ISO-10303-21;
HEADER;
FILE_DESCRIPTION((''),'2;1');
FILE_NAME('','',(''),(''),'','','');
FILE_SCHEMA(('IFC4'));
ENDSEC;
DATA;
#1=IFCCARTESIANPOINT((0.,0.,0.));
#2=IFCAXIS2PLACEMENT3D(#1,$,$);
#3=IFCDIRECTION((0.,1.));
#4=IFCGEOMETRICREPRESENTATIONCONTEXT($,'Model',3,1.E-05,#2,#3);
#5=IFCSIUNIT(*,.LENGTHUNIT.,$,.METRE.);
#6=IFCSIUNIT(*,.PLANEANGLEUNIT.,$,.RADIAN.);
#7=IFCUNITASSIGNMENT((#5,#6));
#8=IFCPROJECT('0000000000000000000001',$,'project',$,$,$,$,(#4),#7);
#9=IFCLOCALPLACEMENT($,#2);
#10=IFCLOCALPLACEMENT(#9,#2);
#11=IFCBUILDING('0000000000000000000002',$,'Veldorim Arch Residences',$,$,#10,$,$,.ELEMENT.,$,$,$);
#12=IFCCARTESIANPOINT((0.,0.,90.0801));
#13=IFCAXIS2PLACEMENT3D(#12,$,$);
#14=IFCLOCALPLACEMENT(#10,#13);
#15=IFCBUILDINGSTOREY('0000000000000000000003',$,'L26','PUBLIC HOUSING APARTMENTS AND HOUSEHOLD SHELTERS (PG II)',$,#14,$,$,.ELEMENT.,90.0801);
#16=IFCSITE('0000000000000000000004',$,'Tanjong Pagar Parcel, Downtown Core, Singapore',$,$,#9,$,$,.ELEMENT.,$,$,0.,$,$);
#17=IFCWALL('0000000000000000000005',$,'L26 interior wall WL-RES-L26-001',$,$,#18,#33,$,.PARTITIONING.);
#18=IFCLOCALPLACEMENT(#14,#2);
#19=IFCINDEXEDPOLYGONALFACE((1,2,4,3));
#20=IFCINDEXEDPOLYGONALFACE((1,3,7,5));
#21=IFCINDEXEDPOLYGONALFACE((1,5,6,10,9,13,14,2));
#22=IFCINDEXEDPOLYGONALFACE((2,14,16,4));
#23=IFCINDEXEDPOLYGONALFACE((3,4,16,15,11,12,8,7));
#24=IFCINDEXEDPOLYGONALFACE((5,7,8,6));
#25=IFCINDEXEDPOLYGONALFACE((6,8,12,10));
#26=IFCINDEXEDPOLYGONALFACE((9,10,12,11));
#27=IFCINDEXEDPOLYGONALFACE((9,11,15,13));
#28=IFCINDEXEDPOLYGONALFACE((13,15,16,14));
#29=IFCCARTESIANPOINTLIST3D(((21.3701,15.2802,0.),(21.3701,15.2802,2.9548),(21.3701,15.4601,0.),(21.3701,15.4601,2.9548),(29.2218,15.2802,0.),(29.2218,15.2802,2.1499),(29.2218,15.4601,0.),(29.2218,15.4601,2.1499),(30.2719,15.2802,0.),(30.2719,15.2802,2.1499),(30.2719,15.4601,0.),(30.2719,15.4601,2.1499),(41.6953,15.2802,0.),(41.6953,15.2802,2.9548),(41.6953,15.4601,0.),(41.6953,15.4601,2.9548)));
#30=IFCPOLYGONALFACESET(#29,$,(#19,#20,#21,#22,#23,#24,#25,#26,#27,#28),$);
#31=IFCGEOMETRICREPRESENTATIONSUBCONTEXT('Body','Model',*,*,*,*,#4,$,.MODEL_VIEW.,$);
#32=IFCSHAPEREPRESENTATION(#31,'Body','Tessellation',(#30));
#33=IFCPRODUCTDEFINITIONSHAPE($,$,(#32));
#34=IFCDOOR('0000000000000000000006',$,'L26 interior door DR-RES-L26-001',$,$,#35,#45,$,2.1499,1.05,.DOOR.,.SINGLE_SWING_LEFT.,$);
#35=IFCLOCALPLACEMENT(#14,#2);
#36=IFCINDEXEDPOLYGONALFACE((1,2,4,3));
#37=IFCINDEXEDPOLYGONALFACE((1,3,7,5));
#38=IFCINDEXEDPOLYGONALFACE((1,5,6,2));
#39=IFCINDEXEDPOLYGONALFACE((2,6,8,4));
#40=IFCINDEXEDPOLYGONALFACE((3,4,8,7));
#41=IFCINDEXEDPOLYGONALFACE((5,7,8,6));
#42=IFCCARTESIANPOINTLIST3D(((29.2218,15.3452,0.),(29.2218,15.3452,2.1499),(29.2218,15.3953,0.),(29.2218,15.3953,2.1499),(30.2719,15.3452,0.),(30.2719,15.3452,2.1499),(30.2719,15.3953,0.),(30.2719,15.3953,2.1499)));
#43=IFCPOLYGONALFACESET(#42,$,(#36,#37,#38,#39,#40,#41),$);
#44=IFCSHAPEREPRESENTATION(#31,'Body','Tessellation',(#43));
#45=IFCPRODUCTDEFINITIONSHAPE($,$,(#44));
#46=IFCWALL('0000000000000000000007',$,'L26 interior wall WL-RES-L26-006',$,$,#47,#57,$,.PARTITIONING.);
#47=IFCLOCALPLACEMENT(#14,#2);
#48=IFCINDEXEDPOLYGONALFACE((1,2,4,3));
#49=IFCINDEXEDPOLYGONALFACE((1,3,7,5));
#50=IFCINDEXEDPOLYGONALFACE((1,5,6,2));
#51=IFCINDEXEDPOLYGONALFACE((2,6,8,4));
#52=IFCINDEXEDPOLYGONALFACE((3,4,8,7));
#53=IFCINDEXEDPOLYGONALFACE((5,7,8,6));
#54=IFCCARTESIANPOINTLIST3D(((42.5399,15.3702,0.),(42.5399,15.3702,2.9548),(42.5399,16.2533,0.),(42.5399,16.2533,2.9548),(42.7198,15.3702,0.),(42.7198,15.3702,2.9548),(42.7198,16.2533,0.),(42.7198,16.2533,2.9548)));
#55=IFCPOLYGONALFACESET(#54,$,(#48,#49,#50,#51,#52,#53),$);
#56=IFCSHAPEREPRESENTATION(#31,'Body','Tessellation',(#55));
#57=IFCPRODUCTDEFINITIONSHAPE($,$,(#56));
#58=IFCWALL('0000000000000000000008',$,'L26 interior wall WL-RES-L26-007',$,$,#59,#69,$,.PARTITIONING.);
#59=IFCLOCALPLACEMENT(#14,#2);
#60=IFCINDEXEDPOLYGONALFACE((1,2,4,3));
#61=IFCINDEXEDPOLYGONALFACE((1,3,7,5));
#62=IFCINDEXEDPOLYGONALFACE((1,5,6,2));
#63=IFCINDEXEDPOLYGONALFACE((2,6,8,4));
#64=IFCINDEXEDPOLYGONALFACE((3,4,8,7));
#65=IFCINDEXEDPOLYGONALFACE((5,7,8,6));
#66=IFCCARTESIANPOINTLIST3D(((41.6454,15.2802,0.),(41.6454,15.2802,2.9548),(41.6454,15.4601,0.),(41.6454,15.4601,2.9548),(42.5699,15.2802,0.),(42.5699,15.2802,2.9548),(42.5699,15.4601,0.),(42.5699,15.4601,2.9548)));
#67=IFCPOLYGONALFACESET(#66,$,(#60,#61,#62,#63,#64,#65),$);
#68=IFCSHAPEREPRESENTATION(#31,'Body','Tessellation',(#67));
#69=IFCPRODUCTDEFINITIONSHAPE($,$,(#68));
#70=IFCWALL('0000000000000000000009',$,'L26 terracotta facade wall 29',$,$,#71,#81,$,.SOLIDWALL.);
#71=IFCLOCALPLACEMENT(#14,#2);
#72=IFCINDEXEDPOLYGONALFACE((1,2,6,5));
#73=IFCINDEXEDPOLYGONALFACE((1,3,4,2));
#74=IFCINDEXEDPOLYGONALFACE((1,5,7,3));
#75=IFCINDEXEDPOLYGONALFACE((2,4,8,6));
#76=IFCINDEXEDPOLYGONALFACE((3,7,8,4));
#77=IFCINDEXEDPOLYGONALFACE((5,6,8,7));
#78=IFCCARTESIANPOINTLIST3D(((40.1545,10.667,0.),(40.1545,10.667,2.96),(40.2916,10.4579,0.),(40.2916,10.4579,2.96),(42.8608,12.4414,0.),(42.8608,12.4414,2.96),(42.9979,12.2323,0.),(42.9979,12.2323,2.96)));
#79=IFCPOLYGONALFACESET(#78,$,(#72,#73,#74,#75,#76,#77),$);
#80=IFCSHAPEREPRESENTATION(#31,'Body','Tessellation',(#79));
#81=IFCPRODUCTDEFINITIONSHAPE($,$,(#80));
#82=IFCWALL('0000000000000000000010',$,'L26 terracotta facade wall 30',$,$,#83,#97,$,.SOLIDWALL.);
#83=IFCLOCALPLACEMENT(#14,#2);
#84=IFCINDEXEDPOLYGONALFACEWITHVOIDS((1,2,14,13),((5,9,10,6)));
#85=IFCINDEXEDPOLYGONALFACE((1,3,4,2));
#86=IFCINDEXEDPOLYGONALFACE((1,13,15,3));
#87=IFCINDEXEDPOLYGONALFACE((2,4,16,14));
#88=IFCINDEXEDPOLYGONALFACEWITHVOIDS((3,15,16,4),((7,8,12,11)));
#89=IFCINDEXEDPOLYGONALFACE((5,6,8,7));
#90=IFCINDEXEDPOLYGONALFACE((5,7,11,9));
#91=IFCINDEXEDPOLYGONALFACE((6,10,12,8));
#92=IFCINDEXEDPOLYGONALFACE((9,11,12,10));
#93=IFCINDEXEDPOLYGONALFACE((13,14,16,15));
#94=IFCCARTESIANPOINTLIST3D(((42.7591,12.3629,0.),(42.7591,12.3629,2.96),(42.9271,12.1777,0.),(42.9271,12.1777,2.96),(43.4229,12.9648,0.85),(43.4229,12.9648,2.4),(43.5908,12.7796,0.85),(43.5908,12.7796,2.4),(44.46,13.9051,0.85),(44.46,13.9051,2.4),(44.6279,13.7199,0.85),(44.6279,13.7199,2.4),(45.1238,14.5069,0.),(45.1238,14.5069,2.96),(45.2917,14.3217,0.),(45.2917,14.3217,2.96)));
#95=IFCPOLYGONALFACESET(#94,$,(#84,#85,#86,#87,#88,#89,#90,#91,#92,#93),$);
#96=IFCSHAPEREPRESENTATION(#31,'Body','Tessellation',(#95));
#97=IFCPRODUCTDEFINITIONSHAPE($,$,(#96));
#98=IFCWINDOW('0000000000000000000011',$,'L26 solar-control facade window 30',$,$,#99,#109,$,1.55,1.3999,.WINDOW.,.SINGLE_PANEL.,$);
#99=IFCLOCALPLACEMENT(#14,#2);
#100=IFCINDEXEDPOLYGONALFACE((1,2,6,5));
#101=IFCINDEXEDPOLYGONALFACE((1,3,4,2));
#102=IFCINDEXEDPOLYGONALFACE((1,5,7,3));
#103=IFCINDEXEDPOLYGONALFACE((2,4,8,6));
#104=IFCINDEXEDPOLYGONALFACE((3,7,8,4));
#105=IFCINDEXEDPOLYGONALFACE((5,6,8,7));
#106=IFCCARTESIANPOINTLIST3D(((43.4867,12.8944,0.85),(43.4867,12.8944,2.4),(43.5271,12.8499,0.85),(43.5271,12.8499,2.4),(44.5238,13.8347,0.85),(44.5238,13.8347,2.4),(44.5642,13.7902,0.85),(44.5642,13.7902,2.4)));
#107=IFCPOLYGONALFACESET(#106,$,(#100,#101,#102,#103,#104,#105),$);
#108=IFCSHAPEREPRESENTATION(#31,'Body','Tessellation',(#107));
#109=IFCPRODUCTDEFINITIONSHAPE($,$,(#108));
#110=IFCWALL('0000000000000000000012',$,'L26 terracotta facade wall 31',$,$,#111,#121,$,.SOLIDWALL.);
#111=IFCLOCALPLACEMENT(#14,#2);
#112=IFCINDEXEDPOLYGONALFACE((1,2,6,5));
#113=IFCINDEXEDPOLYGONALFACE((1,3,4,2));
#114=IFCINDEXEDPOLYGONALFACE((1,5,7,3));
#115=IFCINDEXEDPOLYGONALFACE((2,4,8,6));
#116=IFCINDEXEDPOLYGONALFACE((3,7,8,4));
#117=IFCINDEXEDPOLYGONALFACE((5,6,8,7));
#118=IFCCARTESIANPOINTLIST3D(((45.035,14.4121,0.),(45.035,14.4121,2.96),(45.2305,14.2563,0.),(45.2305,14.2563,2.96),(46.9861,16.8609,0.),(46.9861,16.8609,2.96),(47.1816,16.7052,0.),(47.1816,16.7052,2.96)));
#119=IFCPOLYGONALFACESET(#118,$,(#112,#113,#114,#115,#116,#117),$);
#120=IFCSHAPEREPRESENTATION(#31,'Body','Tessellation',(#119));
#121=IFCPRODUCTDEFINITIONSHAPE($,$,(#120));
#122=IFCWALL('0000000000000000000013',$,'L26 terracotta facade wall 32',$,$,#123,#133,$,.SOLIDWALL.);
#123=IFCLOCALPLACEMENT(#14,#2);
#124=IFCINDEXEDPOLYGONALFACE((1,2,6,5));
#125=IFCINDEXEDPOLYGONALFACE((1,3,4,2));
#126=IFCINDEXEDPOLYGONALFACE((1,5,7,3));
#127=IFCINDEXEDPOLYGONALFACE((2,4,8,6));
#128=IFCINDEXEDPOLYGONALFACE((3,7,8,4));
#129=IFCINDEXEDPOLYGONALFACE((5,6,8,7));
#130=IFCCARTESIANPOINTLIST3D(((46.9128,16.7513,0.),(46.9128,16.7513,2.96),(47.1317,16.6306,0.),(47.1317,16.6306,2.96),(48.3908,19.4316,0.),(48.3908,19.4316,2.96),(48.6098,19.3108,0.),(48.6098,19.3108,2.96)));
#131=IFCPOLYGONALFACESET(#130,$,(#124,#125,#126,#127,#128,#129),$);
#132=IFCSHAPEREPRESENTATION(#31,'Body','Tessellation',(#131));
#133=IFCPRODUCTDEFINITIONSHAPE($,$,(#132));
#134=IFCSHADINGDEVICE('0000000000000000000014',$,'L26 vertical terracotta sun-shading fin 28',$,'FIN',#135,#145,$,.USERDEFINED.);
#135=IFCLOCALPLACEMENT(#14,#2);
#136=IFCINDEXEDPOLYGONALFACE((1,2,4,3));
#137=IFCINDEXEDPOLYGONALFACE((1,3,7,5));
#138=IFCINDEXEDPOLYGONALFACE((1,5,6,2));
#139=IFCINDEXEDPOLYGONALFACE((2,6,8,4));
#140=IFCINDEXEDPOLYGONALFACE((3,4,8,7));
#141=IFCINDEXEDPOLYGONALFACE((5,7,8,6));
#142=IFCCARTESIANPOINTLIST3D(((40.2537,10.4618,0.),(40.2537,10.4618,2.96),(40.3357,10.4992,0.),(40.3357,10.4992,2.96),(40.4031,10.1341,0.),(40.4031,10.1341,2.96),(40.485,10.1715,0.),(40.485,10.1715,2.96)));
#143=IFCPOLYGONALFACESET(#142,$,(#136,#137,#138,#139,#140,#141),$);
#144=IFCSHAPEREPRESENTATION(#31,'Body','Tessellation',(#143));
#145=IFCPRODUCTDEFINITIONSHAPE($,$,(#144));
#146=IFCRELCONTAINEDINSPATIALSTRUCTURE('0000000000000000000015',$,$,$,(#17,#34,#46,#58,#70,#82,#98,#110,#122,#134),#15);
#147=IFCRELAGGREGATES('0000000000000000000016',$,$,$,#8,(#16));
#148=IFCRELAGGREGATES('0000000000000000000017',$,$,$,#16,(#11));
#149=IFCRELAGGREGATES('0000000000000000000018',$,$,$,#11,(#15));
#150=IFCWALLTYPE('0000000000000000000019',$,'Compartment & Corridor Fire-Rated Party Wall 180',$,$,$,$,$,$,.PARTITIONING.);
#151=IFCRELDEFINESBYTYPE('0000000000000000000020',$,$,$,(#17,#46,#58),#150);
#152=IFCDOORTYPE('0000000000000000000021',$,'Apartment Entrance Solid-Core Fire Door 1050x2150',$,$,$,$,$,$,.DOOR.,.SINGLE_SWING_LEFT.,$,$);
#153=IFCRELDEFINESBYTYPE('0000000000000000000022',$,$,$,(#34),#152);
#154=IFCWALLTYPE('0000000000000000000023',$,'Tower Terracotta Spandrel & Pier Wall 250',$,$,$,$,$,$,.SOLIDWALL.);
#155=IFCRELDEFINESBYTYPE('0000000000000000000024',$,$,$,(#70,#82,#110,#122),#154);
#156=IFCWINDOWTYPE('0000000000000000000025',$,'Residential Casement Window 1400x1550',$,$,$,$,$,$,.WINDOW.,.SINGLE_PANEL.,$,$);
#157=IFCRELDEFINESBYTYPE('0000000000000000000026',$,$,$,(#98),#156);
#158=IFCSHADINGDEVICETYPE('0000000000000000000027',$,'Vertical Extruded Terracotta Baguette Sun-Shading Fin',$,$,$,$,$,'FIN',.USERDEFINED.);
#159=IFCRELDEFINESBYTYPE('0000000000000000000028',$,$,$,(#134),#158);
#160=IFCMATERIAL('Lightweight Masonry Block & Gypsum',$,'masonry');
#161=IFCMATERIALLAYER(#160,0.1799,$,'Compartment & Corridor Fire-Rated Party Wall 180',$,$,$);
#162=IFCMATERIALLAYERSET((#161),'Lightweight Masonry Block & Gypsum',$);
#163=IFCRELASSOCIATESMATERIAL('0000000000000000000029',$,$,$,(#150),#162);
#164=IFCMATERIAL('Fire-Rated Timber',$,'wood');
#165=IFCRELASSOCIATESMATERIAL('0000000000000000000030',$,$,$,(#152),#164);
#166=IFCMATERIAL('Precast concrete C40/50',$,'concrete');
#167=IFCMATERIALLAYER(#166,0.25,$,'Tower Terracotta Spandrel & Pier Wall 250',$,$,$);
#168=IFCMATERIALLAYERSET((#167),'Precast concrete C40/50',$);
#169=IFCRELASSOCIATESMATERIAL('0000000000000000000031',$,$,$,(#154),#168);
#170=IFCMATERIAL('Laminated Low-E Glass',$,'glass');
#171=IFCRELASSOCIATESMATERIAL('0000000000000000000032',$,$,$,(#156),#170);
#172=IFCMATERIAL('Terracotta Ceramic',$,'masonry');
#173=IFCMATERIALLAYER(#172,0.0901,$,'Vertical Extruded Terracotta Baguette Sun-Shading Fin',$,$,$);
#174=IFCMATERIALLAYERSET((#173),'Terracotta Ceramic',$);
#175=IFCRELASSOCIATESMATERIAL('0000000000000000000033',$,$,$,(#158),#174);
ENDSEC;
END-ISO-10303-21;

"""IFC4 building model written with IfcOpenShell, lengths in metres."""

from ifc_helpers import new_model, si_unit, direction, frame, frame_2d, origin, origin_2d, place, context, subcontext, project, spatial, rectangle, extrude, material, layer, layer_set, type_object, element, fill, save


model = new_model("IFC4")

# Units and contexts
model_context = context("Model", 3, precision=1e-05, world=origin(), true_north=direction((0.0, 1.0)))
body_context = subcontext(model_context, "Body", "Model", "MODEL_VIEW")
ifc_project = project(units=[si_unit("LENGTHUNIT", "METRE"), si_unit("PLANEANGLEUNIT", "RADIAN")], contexts=[model_context])

# Site, building, storey
site_placement = place(None, origin())
site = spatial("IfcSite", under=ifc_project, at=site_placement, Name="Tanjong Pagar Parcel, Downtown Core, Singapore", CompositionType="ELEMENT", RefElevation=0.0)
building_placement = place(site_placement, origin())
building = spatial("IfcBuilding", under=site, at=building_placement, Name="Veldorim Arch Residences", CompositionType="ELEMENT")
storey_placement = place(building_placement, frame((0.0, 0.0, 90.0801)))
storey = spatial("IfcBuildingStorey", under=building, at=storey_placement, Name="L26", Description="PUBLIC HOUSING APARTMENTS AND HOUSEHOLD SHELTERS (PG II)", CompositionType="ELEMENT", Elevation=90.0801)

# Shared definitions
ifc_material_1 = material(Name="Lightweight Masonry Block & Gypsum", Category="masonry")
ifc_layer_1 = layer(ifc_material_1, 0.1799, Name="Compartment & Corridor Fire-Rated Party Wall 180")
ifc_layer_set_1 = layer_set([ifc_layer_1], Name="Lightweight Masonry Block & Gypsum")
wall_type_1 = type_object("IfcWallType", Name="Compartment & Corridor Fire-Rated Party Wall 180", PredefinedType="PARTITIONING", material=ifc_layer_set_1)

# Wall, opening, door
wall_1_placement = place(storey_placement, frame((41.6953, 15.3701, 0.0), z_axis=(0.0, 0.0, 1.0), x_axis=(-1.0, 0.0, 0.0)))
wall_1 = element("IfcWall", 1, at=wall_1_placement, inside=storey, type_object=wall_type_1, Name="L26 interior wall WL-RES-L26-001", PredefinedType="PARTITIONING", context=body_context, shape_type="SweptSolid", body=[
    extrude(rectangle(XDim=20.3252, YDim=0.1799, at=frame_2d((10.1626, 0.0))), origin(), (0.0, 0.0, 1.0), 2.9548),
])
opening_1_placement = place(wall_1_placement, frame((11.4236, 0.0, 0.0)))
opening_1 = element("IfcOpeningElement", 2, at=opening_1_placement, cuts=wall_1, PredefinedType="OPENING", context=body_context, shape_type="SweptSolid", body=[
    extrude(rectangle(XDim=1.05, YDim=2.1499, at=frame_2d((0.5249, 1.075))), frame((0.0, 0.0999, 0.0), z_axis=(0.0, -1.0, 0.0), x_axis=(1.0, 0.0, 0.0)), (0.0, 0.0, 1.0), 0.2),
])
ifc_material_2 = material(Name="Fire-Rated Timber", Category="wood")
door_type_1 = type_object("IfcDoorType", Name="Apartment Entrance Solid-Core Fire Door 1050x2150", OperationType="SINGLE_SWING_LEFT", PredefinedType="DOOR", material=ifc_material_2)
door_1_placement = place(opening_1_placement, origin())
door_1 = element("IfcDoor", 3, at=door_1_placement, inside=storey, type_object=door_type_1, Name="L26 interior door DR-RES-L26-001", OperationType="SINGLE_SWING_LEFT", OverallHeight=2.1499, OverallWidth=1.05, PredefinedType="DOOR", context=body_context, shape_type="SweptSolid", body=[
    extrude(rectangle(XDim=1.05, YDim=2.1499, at=frame_2d((0.5249, 1.075))), frame((0.0, 0.0249, 0.0), z_axis=(0.0, -1.0, 0.0), x_axis=(1.0, 0.0, 0.0)), (0.0, 0.0, 1.0), 0.05),
])
fill(opening_1, door_1)

# Walls
wall_2_placement = place(storey_placement, frame((42.6299, 16.2532, 0.0), z_axis=(0.0, 0.0, 1.0), x_axis=(0.0, -1.0, 0.0)))
element("IfcWall", 4, at=wall_2_placement, inside=storey, type_object=wall_type_1, Name="L26 interior wall WL-RES-L26-006", PredefinedType="PARTITIONING", context=body_context, shape_type="SweptSolid", body=[
    extrude(rectangle(XDim=0.8831, YDim=0.1799, at=frame_2d((0.4414, 0.0))), origin(), (0.0, 0.0, 1.0), 2.9548),
])
wall_3_placement = place(storey_placement, frame((42.5701, 15.3701, 0.0), z_axis=(0.0, 0.0, 1.0), x_axis=(-1.0, 0.0, 0.0)))
element("IfcWall", 5, at=wall_3_placement, inside=storey, type_object=wall_type_1, Name="L26 interior wall WL-RES-L26-007", PredefinedType="PARTITIONING", context=body_context, shape_type="SweptSolid", body=[
    extrude(rectangle(XDim=0.9246, YDim=0.1799, at=frame_2d((0.4624, 0.0))), origin(), (0.0, 0.0, 1.0), 2.9548),
])

# Wall
ifc_material_3 = material(Name="Precast concrete C40/50", Category="concrete")
ifc_layer_2 = layer(ifc_material_3, 0.25, Name="Tower Terracotta Spandrel & Pier Wall 250")
ifc_layer_set_2 = layer_set([ifc_layer_2], Name="Precast concrete C40/50")
wall_type_2 = type_object("IfcWallType", Name="Tower Terracotta Spandrel & Pier Wall 250", PredefinedType="SOLIDWALL", material=ifc_layer_set_2)
wall_4_placement = place(storey_placement, frame((42.9294, 12.3369, 0.0), z_axis=(0.0, 0.0, 1.0), x_axis=(-0.836274, -0.548312, 0.0)))
element("IfcWall", 6, at=wall_4_placement, inside=storey, type_object=wall_type_2, Name="L26 terracotta facade wall 29", PredefinedType="SOLIDWALL", context=body_context, shape_type="SweptSolid", body=[
    extrude(rectangle(XDim=3.2361, YDim=0.25, at=frame_2d((1.6182, 0.0))), origin(), (0.0, 0.0, 1.0), 2.96),
])

# Wall, opening, window
wall_5_placement = place(storey_placement, frame((45.2078, 14.4143, 0.0), z_axis=(0.0, 0.0, 1.0), x_axis=(-0.740832, -0.67169, 0.0)))
wall_5 = element("IfcWall", 7, at=wall_5_placement, inside=storey, type_object=wall_type_2, Name="L26 terracotta facade wall 30", PredefinedType="SOLIDWALL", context=body_context, shape_type="SweptSolid", body=[
    extrude(rectangle(XDim=3.1919, YDim=0.25, at=frame_2d((1.5959, 0.0))), origin(), (0.0, 0.0, 1.0), 2.96),
])
opening_2_placement = place(wall_5_placement, frame((0.896, 0.0, 0.8501)))
opening_2 = element("IfcOpeningElement", 8, at=opening_2_placement, cuts=wall_5, PredefinedType="OPENING", context=body_context, shape_type="SweptSolid", body=[
    extrude(rectangle(XDim=1.3999, YDim=1.55, at=frame_2d((0.7, 0.7749))), frame((0.0, 0.135, 0.0), z_axis=(0.0, -1.0, 0.0), x_axis=(1.0, 0.0, 0.0)), (0.0, 0.0, 1.0), 0.27),
])
ifc_material_4 = material(Name="Laminated Low-E Glass", Category="glass")
window_type = type_object("IfcWindowType", Name="Residential Casement Window 1400x1550", PartitioningType="SINGLE_PANEL", PredefinedType="WINDOW", material=ifc_material_4)
window_placement = place(opening_2_placement, origin())
window = element("IfcWindow", 9, at=window_placement, inside=storey, type_object=window_type, Name="L26 solar-control facade window 30", OverallHeight=1.55, OverallWidth=1.3999, PartitioningType="SINGLE_PANEL", PredefinedType="WINDOW", context=body_context, shape_type="SweptSolid", body=[
    extrude(rectangle(XDim=1.3999, YDim=1.55, at=frame_2d((0.7, 0.7749))), frame((0.0, 0.03, 0.0), z_axis=(0.0, -1.0, 0.0), x_axis=(1.0, 0.0, 0.0)), (0.0, 0.0, 1.0), 0.0601),
])
fill(opening_2, window)

# Walls
wall_6_placement = place(storey_placement, frame((47.0837, 16.783, 0.0), z_axis=(0.0, 0.0, 1.0), x_axis=(-0.623134, -0.782115, 0.0)))
element("IfcWall", 10, at=wall_6_placement, inside=storey, type_object=wall_type_2, Name="L26 terracotta facade wall 31", PredefinedType="SOLIDWALL", context=body_context, shape_type="SweptSolid", body=[
    extrude(rectangle(XDim=3.1311, YDim=0.25, at=frame_2d((1.5654, 0.0))), origin(), (0.0, 0.0, 1.0), 2.96),
])
wall_7_placement = place(storey_placement, frame((48.5002, 19.3711, 0.0), z_axis=(0.0, 0.0, 1.0), x_axis=(-0.482904, -0.875673, 0.0)))
element("IfcWall", 11, at=wall_7_placement, inside=storey, type_object=wall_type_2, Name="L26 terracotta facade wall 32", PredefinedType="SOLIDWALL", context=body_context, shape_type="SweptSolid", body=[
    extrude(rectangle(XDim=3.0608, YDim=0.25, at=frame_2d((1.5303, 0.0))), origin(), (0.0, 0.0, 1.0), 2.96),
])

# Shading device
ifc_material_5 = material(Name="Terracotta Ceramic", Category="masonry")
ifc_layer_3 = layer(ifc_material_5, 0.0901, Name="Vertical Extruded Terracotta Baguette Sun-Shading Fin")
ifc_layer_set_3 = layer_set([ifc_layer_3], Name="Terracotta Ceramic")
shading_device_type = type_object("IfcShadingDeviceType", Name="Vertical Extruded Terracotta Baguette Sun-Shading Fin", ElementType="FIN", PredefinedType="USERDEFINED", material=ifc_layer_set_3)
shading_device_placement = place(storey_placement, frame((40.3694, 10.3167, 0.0), z_axis=(0.0, 0.0, 1.0), x_axis=(-0.909961, -0.414693, 0.0)))
element("IfcShadingDevice", 12, at=shading_device_placement, inside=storey, type_object=shading_device_type, Name="L26 vertical terracotta sun-shading fin 28", ObjectType="FIN", PredefinedType="USERDEFINED", context=body_context, shape_type="SweptSolid", body=[
    extrude(rectangle(XDim=0.0901, YDim=0.3601, at=origin_2d()), origin(), (0.0, 0.0, 1.0), 2.96),
])

save(model, "model.ifc")
